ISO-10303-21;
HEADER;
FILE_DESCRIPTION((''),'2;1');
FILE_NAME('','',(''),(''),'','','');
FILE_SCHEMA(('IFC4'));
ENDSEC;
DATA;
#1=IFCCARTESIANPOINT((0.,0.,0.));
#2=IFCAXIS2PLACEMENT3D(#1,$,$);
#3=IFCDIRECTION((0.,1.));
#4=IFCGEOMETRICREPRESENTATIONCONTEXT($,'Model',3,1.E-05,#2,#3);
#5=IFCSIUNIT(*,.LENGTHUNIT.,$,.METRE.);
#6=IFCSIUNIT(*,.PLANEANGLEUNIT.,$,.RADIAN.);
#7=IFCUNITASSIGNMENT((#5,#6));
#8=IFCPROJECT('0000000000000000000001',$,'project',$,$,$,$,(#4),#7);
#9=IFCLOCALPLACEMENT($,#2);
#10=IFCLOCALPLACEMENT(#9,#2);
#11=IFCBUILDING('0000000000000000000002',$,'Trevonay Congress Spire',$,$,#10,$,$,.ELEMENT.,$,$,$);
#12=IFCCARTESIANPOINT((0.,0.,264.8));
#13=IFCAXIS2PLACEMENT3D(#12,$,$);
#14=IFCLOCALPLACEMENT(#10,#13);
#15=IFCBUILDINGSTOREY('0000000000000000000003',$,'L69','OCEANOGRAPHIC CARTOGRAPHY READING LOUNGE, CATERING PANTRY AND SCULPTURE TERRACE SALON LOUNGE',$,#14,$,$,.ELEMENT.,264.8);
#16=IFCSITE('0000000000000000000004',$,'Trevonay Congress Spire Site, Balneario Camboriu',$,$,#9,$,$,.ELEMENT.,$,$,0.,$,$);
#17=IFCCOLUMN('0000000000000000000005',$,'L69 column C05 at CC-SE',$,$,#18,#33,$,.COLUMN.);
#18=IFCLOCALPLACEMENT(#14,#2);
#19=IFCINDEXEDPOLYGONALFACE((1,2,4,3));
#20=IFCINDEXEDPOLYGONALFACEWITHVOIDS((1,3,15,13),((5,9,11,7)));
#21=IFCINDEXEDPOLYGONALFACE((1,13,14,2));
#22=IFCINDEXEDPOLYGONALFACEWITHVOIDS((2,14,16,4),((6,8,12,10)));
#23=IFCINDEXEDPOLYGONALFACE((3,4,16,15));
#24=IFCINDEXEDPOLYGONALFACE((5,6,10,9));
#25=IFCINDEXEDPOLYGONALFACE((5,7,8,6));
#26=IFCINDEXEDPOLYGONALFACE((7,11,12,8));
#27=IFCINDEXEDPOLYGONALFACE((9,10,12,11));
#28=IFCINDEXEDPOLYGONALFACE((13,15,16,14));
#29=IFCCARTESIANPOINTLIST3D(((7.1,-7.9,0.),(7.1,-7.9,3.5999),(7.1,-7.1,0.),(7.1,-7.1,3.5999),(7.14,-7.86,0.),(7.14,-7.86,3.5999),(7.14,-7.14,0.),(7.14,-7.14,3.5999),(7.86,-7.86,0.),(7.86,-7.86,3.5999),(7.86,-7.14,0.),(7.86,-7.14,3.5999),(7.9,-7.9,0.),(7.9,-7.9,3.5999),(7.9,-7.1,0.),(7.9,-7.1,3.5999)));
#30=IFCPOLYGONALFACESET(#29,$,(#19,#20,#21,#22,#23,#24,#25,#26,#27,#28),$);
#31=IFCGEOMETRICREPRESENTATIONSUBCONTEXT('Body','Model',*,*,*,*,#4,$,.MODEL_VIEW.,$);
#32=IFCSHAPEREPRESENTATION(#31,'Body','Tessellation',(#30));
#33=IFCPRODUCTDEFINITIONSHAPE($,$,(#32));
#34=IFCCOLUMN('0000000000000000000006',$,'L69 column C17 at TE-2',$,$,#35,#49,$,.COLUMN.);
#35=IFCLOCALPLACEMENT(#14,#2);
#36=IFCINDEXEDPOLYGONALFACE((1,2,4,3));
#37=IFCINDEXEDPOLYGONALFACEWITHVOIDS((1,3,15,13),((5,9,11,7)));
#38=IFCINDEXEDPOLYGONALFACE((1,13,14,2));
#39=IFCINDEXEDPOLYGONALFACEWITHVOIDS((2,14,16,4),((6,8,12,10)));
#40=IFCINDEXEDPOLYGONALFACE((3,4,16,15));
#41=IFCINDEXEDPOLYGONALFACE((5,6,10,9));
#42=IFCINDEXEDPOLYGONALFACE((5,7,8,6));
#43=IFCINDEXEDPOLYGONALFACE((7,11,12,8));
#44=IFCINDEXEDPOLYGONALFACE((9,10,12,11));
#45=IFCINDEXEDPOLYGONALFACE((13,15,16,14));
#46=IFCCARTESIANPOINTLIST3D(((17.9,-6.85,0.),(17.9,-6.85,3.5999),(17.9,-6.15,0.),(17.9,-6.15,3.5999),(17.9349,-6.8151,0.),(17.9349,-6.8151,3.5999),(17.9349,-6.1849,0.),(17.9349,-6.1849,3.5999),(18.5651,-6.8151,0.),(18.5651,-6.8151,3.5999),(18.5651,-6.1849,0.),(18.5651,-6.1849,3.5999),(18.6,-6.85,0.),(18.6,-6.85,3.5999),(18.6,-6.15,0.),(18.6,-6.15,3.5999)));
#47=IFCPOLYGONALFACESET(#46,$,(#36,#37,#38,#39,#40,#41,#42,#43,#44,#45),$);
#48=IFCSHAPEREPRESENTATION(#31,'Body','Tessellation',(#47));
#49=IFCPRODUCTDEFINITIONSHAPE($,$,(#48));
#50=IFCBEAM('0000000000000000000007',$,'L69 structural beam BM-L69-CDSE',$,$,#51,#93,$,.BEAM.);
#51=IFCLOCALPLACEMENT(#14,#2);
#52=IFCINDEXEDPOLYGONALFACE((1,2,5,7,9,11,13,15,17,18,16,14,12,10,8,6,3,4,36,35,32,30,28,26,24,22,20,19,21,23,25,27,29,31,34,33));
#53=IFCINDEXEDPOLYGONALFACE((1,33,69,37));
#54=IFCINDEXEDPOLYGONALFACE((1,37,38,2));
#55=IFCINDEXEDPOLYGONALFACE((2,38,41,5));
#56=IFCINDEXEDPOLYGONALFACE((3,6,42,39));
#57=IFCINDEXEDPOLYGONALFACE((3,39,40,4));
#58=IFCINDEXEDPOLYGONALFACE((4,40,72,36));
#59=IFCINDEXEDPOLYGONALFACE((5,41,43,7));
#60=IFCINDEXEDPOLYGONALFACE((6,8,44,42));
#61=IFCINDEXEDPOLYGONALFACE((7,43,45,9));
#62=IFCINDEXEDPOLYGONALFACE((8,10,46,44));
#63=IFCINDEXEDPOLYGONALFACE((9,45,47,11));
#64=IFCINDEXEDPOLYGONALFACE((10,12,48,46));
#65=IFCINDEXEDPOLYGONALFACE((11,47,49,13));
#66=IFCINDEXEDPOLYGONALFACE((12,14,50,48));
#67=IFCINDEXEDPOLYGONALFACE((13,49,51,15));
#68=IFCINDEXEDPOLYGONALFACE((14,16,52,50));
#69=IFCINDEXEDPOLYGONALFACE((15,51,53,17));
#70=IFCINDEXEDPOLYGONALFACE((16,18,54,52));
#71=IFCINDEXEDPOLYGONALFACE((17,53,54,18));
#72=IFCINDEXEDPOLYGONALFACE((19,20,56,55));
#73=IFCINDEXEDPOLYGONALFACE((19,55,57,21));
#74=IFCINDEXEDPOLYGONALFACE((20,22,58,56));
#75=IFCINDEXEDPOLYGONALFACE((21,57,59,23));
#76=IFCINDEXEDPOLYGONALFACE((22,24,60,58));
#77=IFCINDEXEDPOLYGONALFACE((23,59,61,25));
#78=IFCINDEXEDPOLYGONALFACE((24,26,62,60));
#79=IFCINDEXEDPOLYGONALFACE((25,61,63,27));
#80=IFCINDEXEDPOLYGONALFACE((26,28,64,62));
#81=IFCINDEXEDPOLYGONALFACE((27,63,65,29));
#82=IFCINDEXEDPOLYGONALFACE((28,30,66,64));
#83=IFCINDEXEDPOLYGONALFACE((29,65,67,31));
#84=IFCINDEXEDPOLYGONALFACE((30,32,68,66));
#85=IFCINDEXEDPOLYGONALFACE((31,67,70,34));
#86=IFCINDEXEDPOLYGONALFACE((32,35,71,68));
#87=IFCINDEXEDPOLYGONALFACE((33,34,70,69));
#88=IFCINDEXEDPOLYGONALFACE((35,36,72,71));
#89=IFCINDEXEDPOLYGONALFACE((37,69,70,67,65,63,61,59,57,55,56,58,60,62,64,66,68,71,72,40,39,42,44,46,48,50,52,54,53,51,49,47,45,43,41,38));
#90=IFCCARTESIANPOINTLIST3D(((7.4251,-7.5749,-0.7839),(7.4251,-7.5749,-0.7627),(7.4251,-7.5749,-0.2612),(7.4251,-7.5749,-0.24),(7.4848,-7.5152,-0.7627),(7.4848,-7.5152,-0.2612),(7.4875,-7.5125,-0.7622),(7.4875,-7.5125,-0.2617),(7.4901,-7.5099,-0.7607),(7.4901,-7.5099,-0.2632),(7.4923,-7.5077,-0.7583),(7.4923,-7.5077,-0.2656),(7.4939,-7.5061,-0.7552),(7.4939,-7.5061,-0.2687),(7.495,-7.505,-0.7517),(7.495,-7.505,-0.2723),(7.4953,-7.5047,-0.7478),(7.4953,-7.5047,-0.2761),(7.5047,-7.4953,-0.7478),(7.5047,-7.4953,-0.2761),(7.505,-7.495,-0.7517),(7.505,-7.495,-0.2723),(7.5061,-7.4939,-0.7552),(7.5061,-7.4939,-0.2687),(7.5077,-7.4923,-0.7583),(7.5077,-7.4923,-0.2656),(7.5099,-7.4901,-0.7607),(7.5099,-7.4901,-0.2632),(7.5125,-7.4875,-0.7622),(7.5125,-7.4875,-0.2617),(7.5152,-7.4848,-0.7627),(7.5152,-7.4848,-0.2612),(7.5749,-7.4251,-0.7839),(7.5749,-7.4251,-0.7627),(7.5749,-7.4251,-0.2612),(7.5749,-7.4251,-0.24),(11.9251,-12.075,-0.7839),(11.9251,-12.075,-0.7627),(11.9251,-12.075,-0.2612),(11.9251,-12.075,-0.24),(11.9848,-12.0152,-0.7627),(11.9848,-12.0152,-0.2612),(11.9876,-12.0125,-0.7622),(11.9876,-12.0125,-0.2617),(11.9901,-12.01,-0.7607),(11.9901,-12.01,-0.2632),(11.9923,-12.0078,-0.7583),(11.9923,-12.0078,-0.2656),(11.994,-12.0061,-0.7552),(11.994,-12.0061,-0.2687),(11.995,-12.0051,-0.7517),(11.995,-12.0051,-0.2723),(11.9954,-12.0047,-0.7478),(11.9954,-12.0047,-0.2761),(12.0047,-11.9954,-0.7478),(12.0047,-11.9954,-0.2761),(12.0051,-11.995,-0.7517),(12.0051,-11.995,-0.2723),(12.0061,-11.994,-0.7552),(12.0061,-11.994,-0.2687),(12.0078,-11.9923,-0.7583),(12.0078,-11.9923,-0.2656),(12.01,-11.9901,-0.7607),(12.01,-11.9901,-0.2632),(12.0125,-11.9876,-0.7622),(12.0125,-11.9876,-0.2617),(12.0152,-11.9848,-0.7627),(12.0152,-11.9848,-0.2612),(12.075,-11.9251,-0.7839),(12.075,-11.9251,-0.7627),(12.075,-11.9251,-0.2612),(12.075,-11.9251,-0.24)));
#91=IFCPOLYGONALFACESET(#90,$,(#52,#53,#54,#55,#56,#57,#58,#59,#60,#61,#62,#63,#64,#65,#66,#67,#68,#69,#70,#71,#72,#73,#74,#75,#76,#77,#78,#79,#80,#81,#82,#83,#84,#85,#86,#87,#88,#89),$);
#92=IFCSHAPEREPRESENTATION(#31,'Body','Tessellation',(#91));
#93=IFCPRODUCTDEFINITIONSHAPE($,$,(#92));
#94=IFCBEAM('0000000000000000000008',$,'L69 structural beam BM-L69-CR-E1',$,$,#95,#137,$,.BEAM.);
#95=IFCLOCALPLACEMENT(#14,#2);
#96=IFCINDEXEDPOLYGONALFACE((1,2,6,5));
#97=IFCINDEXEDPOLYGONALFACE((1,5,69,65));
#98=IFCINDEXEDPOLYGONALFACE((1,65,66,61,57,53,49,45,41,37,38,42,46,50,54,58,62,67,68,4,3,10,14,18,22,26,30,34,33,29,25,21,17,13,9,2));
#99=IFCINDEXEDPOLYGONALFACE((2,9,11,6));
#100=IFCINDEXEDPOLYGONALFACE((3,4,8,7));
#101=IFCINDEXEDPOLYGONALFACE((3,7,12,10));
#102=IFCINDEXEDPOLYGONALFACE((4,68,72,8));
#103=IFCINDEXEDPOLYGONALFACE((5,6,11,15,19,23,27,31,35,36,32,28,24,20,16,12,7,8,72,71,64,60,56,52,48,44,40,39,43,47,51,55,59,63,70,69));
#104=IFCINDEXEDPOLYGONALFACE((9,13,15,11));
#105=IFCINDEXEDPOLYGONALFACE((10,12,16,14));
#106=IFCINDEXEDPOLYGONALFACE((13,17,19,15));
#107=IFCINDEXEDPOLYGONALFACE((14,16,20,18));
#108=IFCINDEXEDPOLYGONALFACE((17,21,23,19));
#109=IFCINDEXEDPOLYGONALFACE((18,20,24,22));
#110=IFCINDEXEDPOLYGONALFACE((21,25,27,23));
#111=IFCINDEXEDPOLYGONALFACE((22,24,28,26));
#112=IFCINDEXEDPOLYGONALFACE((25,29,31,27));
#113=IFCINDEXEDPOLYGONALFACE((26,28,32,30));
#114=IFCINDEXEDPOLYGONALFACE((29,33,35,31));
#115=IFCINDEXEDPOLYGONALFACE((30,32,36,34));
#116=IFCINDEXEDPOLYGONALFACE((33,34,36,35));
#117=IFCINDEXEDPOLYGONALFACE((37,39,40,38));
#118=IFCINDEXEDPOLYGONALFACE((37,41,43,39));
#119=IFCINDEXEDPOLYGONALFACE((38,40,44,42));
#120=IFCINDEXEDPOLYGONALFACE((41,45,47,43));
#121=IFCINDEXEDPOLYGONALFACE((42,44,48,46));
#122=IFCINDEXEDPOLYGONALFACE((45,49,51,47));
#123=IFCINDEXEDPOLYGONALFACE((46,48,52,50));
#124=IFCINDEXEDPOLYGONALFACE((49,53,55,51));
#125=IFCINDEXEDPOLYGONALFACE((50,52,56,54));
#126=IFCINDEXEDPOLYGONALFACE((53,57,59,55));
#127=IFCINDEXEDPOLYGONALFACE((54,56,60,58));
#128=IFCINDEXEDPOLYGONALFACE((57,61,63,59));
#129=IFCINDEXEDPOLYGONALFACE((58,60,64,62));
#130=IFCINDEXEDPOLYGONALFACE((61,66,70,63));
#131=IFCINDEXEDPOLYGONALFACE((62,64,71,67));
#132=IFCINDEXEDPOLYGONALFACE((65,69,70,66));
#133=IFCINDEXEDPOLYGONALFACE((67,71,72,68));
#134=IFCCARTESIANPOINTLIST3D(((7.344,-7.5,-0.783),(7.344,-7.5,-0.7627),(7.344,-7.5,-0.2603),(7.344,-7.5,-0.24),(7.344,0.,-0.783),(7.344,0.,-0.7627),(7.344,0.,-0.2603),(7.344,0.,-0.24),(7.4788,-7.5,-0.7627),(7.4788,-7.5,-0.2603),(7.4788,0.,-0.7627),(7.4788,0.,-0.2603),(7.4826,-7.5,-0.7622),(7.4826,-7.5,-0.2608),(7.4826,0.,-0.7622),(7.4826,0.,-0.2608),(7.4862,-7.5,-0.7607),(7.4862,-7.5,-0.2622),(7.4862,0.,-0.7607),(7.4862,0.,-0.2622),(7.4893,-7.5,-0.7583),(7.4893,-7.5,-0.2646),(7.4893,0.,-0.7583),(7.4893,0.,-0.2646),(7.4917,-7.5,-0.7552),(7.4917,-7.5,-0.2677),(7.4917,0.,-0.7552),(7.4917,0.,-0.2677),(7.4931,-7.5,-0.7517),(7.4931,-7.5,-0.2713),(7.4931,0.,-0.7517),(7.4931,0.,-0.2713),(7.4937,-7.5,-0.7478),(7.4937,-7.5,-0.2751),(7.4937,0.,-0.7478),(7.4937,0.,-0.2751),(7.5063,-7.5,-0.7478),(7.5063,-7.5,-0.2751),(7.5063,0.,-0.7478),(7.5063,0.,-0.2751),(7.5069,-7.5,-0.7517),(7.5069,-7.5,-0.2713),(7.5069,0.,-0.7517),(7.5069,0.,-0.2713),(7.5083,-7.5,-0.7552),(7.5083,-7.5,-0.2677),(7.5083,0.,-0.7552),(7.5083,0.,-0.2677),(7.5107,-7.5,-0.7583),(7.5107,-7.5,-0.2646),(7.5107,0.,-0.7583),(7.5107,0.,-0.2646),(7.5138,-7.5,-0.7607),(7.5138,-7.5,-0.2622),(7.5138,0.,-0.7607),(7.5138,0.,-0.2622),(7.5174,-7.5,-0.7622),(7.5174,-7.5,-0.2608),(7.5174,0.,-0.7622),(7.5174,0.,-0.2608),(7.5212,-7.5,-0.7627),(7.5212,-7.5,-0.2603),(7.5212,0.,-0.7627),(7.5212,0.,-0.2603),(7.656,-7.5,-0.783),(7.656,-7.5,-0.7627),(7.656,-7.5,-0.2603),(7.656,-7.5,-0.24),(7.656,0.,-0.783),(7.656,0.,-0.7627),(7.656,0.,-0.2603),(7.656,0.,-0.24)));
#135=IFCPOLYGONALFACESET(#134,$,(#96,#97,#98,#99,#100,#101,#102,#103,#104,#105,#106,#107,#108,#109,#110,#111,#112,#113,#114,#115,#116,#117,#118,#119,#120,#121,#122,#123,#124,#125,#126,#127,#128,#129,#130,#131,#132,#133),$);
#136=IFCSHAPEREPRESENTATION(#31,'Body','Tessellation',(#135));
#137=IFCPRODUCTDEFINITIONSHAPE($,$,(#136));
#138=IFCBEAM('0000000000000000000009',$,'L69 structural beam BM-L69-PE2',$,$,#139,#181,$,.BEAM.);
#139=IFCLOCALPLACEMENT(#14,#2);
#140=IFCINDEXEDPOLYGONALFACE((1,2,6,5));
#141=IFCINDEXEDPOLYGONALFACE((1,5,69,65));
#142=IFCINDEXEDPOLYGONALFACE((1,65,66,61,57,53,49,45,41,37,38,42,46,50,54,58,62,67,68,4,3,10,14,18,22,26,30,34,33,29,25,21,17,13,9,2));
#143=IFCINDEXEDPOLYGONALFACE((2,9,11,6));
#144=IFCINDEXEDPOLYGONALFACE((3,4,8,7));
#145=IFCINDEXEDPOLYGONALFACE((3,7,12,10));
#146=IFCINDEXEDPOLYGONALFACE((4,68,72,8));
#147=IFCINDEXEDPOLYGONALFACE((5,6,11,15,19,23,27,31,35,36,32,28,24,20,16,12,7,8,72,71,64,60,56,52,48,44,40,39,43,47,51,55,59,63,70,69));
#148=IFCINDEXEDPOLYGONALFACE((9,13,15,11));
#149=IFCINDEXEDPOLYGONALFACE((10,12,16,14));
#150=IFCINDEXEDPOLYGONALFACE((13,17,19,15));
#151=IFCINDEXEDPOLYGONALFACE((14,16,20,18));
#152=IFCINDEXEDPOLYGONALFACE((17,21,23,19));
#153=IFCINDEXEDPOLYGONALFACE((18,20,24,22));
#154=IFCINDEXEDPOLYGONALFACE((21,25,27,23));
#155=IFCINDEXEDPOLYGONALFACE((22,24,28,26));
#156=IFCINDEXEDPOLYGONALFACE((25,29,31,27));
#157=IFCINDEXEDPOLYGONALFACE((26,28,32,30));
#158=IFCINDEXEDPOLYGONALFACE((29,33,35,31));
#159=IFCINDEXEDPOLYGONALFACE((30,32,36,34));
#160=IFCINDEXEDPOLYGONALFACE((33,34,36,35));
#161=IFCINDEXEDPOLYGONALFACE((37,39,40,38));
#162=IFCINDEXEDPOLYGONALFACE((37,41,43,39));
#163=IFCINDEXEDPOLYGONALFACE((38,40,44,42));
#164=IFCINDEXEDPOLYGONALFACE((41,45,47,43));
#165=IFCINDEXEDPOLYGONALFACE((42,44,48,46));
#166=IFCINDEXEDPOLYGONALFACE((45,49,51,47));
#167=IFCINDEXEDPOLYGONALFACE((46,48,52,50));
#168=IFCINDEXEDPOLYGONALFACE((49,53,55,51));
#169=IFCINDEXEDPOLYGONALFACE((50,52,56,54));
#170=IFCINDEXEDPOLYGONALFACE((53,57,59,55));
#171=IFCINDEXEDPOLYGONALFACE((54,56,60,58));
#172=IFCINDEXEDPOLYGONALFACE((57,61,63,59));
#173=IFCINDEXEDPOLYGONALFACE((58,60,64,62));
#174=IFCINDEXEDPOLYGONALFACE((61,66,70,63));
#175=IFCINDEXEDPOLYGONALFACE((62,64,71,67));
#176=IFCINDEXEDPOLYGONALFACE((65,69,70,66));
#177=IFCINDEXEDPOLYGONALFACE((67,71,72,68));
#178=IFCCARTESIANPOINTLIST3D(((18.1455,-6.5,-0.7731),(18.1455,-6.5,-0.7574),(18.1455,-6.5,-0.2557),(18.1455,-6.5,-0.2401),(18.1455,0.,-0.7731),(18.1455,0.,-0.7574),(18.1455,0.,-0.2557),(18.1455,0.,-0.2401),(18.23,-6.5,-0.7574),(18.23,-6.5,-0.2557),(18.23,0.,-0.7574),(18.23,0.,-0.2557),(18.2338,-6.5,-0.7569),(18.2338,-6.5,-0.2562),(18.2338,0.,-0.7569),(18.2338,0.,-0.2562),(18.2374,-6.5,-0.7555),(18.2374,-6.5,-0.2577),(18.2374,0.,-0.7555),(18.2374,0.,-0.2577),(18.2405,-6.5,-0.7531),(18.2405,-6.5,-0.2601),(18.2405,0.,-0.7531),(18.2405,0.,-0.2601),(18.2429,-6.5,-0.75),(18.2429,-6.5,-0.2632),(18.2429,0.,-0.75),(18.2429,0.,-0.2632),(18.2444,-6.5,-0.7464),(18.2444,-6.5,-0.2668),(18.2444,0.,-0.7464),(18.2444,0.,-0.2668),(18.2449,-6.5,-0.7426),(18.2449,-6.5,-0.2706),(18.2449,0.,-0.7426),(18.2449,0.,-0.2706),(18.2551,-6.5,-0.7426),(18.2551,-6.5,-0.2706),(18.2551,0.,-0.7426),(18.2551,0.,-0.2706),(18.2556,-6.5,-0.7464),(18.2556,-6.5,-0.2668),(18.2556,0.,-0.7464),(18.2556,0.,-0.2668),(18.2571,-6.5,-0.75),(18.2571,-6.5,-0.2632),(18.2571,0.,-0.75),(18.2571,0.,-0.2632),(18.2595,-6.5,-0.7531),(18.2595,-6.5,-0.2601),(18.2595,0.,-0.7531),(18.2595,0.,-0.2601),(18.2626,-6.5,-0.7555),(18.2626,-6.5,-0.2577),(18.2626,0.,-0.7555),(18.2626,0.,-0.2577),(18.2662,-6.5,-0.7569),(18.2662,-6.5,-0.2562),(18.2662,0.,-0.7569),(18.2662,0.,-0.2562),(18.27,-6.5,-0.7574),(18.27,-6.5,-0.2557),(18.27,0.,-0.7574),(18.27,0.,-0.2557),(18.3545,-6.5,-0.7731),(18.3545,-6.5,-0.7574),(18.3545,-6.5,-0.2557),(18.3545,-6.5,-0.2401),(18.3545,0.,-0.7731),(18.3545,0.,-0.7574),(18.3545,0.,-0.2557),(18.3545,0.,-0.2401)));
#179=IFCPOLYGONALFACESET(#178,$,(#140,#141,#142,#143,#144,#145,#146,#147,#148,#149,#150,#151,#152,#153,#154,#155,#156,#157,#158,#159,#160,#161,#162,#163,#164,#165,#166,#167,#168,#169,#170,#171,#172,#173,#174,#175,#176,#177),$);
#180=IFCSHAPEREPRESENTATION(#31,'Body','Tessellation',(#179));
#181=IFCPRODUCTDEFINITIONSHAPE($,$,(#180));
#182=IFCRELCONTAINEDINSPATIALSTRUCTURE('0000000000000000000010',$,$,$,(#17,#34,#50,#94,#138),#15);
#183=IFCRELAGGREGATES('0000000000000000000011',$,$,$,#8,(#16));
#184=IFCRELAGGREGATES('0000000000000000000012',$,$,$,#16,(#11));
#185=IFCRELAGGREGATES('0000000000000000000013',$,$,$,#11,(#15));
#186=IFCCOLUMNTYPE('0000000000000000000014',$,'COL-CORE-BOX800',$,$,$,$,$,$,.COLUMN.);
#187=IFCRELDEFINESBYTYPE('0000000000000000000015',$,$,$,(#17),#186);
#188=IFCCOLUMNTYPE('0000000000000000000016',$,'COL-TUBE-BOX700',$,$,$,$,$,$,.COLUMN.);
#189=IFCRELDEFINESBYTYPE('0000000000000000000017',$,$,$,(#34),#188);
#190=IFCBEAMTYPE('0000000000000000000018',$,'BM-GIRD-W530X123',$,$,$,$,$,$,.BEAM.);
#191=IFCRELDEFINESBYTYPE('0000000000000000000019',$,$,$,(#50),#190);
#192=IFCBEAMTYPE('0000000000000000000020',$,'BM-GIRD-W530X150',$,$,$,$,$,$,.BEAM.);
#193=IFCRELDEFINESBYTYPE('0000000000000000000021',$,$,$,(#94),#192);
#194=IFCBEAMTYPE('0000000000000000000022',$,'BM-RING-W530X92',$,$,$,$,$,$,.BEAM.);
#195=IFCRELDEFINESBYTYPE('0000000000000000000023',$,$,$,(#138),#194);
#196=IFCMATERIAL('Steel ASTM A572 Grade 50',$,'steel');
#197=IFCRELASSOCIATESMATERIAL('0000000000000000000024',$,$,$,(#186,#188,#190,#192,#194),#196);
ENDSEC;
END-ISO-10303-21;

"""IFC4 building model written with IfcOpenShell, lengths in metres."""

from ifc_helpers import new_model, si_unit, direction, frame, origin, origin_2d, place, context, subcontext, project, spatial, hollow_rectangle, i_section, extrude, material, material_profile, profile_set, type_object, element, save


model = new_model("IFC4")

# Units and contexts
model_context = context("Model", 3, precision=1e-05, world=origin(), true_north=direction((0.0, 1.0)))
body_context = subcontext(model_context, "Body", "Model", "MODEL_VIEW")
ifc_project = project(units=[si_unit("LENGTHUNIT", "METRE"), si_unit("PLANEANGLEUNIT", "RADIAN")], contexts=[model_context])

# Site, building, storey
site_placement = place(None, origin())
site = spatial("IfcSite", under=ifc_project, at=site_placement, Name="Trevonay Congress Spire Site, Balneario Camboriu", CompositionType="ELEMENT", RefElevation=0.0)
building_placement = place(site_placement, origin())
building = spatial("IfcBuilding", under=site, at=building_placement, Name="Trevonay Congress Spire", CompositionType="ELEMENT")
storey_placement = place(building_placement, frame((0.0, 0.0, 264.8)))
storey = spatial("IfcBuildingStorey", under=building, at=storey_placement, Name="L69", Description="OCEANOGRAPHIC CARTOGRAPHY READING LOUNGE, CATERING PANTRY AND SCULPTURE TERRACE SALON LOUNGE", CompositionType="ELEMENT", Elevation=264.8)

# Columns
ifc_material_1 = material(Name="Steel ASTM A572 Grade 50", Category="steel")
ifc_material_profile_1 = material_profile(ifc_material_1, hollow_rectangle(XDim=0.8, YDim=0.8, WallThickness=0.04, at=origin_2d()), Name="BOX 800x800x40")
ifc_profile_set_1 = profile_set([ifc_material_profile_1], Name="Steel ASTM A572 Grade 50")
column_type_1 = type_object("IfcColumnType", Name="COL-CORE-BOX800", PredefinedType="COLUMN", material=ifc_profile_set_1)
column_1_placement = place(storey_placement, frame((7.5, -7.5, 0.0), z_axis=(0.0, 0.0, 1.0), x_axis=(1.0, 0.0, 0.0)))
element("IfcColumn", 1, at=column_1_placement, inside=storey, type_object=column_type_1, Name="L69 column C05 at CC-SE", PredefinedType="COLUMN", context=body_context, shape_type="SweptSolid", body=[
    extrude(hollow_rectangle(XDim=0.8, YDim=0.8, WallThickness=0.04, at=origin_2d()), origin(), (0.0, 0.0, 1.0), 3.5999),
])
ifc_material_profile_2 = material_profile(ifc_material_1, hollow_rectangle(XDim=0.7, YDim=0.7, WallThickness=0.0349, at=origin_2d()), Name="BOX 700x700x35")
ifc_profile_set_2 = profile_set([ifc_material_profile_2], Name="Steel ASTM A572 Grade 50")
column_type_2 = type_object("IfcColumnType", Name="COL-TUBE-BOX700", PredefinedType="COLUMN", material=ifc_profile_set_2)
column_2_placement = place(storey_placement, frame((18.25, -6.5, 0.0), z_axis=(0.0, 0.0, 1.0), x_axis=(1.0, 0.0, 0.0)))
element("IfcColumn", 2, at=column_2_placement, inside=storey, type_object=column_type_2, Name="L69 column C17 at TE-2", PredefinedType="COLUMN", context=body_context, shape_type="SweptSolid", body=[
    extrude(hollow_rectangle(XDim=0.7, YDim=0.7, WallThickness=0.0349, at=origin_2d()), origin(), (0.0, 0.0, 1.0), 3.5999),
])

# Beams
ifc_material_profile_3 = material_profile(ifc_material_1, i_section(OverallWidth=0.2119, OverallDepth=0.5439, WebThickness=0.0132, FlangeThickness=0.0212, FilletRadius=0.0149, at=origin_2d()), Name="W530x123")
ifc_profile_set_3 = profile_set([ifc_material_profile_3], Name="Steel ASTM A572 Grade 50")
beam_type_1 = type_object("IfcBeamType", Name="BM-GIRD-W530X123", PredefinedType="BEAM", material=ifc_profile_set_3)
beam_1_placement = place(storey_placement, frame((7.5, -7.5, -0.512), z_axis=(0.707107, -0.707107, 0.0), x_axis=(0.707107, 0.707107, 0.0)))
element("IfcBeam", 3, at=beam_1_placement, inside=storey, type_object=beam_type_1, Name="L69 structural beam BM-L69-CDSE", PredefinedType="BEAM", context=body_context, shape_type="SweptSolid", body=[
    extrude(i_section(OverallWidth=0.2119, OverallDepth=0.5439, WebThickness=0.0132, FlangeThickness=0.0212, FilletRadius=0.0149, at=origin_2d()), origin(), (0.0, 0.0, 1.0), 6.364),
])
ifc_material_profile_4 = material_profile(ifc_material_1, i_section(OverallWidth=0.312, OverallDepth=0.543, WebThickness=0.0127, FlangeThickness=0.0203, FilletRadius=0.0149, at=origin_2d()), Name="W530x150")
ifc_profile_set_4 = profile_set([ifc_material_profile_4], Name="Steel ASTM A572 Grade 50")
beam_type_2 = type_object("IfcBeamType", Name="BM-GIRD-W530X150", PredefinedType="BEAM", material=ifc_profile_set_4)
beam_2_placement = place(storey_placement, frame((7.5, -7.5, -0.5115), z_axis=(0.0, 1.0, 0.0), x_axis=(-1.0, 0.0, 0.0)))
element("IfcBeam", 4, at=beam_2_placement, inside=storey, type_object=beam_type_2, Name="L69 structural beam BM-L69-CR-E1", PredefinedType="BEAM", context=body_context, shape_type="SweptSolid", body=[
    extrude(i_section(OverallWidth=0.312, OverallDepth=0.543, WebThickness=0.0127, FlangeThickness=0.0203, FilletRadius=0.0149, at=origin_2d()), origin(), (0.0, 0.0, 1.0), 7.5),
])
ifc_material_profile_5 = material_profile(ifc_material_1, i_section(OverallWidth=0.209, OverallDepth=0.533, WebThickness=0.0103, FlangeThickness=0.0156, FilletRadius=0.0149, at=origin_2d()), Name="W530x92")
ifc_profile_set_5 = profile_set([ifc_material_profile_5], Name="Steel ASTM A572 Grade 50")
beam_type_3 = type_object("IfcBeamType", Name="BM-RING-W530X92", PredefinedType="BEAM", material=ifc_profile_set_5)
beam_3_placement = place(storey_placement, frame((18.25, -6.5, -0.5066), z_axis=(0.0, 1.0, 0.0), x_axis=(-1.0, 0.0, 0.0)))
element("IfcBeam", 5, at=beam_3_placement, inside=storey, type_object=beam_type_3, Name="L69 structural beam BM-L69-PE2", PredefinedType="BEAM", context=body_context, shape_type="SweptSolid", body=[
    extrude(i_section(OverallWidth=0.209, OverallDepth=0.533, WebThickness=0.0103, FlangeThickness=0.0156, FilletRadius=0.0149, at=origin_2d()), origin(), (0.0, 0.0, 1.0), 6.5),
])

save(model, "model.ifc")
